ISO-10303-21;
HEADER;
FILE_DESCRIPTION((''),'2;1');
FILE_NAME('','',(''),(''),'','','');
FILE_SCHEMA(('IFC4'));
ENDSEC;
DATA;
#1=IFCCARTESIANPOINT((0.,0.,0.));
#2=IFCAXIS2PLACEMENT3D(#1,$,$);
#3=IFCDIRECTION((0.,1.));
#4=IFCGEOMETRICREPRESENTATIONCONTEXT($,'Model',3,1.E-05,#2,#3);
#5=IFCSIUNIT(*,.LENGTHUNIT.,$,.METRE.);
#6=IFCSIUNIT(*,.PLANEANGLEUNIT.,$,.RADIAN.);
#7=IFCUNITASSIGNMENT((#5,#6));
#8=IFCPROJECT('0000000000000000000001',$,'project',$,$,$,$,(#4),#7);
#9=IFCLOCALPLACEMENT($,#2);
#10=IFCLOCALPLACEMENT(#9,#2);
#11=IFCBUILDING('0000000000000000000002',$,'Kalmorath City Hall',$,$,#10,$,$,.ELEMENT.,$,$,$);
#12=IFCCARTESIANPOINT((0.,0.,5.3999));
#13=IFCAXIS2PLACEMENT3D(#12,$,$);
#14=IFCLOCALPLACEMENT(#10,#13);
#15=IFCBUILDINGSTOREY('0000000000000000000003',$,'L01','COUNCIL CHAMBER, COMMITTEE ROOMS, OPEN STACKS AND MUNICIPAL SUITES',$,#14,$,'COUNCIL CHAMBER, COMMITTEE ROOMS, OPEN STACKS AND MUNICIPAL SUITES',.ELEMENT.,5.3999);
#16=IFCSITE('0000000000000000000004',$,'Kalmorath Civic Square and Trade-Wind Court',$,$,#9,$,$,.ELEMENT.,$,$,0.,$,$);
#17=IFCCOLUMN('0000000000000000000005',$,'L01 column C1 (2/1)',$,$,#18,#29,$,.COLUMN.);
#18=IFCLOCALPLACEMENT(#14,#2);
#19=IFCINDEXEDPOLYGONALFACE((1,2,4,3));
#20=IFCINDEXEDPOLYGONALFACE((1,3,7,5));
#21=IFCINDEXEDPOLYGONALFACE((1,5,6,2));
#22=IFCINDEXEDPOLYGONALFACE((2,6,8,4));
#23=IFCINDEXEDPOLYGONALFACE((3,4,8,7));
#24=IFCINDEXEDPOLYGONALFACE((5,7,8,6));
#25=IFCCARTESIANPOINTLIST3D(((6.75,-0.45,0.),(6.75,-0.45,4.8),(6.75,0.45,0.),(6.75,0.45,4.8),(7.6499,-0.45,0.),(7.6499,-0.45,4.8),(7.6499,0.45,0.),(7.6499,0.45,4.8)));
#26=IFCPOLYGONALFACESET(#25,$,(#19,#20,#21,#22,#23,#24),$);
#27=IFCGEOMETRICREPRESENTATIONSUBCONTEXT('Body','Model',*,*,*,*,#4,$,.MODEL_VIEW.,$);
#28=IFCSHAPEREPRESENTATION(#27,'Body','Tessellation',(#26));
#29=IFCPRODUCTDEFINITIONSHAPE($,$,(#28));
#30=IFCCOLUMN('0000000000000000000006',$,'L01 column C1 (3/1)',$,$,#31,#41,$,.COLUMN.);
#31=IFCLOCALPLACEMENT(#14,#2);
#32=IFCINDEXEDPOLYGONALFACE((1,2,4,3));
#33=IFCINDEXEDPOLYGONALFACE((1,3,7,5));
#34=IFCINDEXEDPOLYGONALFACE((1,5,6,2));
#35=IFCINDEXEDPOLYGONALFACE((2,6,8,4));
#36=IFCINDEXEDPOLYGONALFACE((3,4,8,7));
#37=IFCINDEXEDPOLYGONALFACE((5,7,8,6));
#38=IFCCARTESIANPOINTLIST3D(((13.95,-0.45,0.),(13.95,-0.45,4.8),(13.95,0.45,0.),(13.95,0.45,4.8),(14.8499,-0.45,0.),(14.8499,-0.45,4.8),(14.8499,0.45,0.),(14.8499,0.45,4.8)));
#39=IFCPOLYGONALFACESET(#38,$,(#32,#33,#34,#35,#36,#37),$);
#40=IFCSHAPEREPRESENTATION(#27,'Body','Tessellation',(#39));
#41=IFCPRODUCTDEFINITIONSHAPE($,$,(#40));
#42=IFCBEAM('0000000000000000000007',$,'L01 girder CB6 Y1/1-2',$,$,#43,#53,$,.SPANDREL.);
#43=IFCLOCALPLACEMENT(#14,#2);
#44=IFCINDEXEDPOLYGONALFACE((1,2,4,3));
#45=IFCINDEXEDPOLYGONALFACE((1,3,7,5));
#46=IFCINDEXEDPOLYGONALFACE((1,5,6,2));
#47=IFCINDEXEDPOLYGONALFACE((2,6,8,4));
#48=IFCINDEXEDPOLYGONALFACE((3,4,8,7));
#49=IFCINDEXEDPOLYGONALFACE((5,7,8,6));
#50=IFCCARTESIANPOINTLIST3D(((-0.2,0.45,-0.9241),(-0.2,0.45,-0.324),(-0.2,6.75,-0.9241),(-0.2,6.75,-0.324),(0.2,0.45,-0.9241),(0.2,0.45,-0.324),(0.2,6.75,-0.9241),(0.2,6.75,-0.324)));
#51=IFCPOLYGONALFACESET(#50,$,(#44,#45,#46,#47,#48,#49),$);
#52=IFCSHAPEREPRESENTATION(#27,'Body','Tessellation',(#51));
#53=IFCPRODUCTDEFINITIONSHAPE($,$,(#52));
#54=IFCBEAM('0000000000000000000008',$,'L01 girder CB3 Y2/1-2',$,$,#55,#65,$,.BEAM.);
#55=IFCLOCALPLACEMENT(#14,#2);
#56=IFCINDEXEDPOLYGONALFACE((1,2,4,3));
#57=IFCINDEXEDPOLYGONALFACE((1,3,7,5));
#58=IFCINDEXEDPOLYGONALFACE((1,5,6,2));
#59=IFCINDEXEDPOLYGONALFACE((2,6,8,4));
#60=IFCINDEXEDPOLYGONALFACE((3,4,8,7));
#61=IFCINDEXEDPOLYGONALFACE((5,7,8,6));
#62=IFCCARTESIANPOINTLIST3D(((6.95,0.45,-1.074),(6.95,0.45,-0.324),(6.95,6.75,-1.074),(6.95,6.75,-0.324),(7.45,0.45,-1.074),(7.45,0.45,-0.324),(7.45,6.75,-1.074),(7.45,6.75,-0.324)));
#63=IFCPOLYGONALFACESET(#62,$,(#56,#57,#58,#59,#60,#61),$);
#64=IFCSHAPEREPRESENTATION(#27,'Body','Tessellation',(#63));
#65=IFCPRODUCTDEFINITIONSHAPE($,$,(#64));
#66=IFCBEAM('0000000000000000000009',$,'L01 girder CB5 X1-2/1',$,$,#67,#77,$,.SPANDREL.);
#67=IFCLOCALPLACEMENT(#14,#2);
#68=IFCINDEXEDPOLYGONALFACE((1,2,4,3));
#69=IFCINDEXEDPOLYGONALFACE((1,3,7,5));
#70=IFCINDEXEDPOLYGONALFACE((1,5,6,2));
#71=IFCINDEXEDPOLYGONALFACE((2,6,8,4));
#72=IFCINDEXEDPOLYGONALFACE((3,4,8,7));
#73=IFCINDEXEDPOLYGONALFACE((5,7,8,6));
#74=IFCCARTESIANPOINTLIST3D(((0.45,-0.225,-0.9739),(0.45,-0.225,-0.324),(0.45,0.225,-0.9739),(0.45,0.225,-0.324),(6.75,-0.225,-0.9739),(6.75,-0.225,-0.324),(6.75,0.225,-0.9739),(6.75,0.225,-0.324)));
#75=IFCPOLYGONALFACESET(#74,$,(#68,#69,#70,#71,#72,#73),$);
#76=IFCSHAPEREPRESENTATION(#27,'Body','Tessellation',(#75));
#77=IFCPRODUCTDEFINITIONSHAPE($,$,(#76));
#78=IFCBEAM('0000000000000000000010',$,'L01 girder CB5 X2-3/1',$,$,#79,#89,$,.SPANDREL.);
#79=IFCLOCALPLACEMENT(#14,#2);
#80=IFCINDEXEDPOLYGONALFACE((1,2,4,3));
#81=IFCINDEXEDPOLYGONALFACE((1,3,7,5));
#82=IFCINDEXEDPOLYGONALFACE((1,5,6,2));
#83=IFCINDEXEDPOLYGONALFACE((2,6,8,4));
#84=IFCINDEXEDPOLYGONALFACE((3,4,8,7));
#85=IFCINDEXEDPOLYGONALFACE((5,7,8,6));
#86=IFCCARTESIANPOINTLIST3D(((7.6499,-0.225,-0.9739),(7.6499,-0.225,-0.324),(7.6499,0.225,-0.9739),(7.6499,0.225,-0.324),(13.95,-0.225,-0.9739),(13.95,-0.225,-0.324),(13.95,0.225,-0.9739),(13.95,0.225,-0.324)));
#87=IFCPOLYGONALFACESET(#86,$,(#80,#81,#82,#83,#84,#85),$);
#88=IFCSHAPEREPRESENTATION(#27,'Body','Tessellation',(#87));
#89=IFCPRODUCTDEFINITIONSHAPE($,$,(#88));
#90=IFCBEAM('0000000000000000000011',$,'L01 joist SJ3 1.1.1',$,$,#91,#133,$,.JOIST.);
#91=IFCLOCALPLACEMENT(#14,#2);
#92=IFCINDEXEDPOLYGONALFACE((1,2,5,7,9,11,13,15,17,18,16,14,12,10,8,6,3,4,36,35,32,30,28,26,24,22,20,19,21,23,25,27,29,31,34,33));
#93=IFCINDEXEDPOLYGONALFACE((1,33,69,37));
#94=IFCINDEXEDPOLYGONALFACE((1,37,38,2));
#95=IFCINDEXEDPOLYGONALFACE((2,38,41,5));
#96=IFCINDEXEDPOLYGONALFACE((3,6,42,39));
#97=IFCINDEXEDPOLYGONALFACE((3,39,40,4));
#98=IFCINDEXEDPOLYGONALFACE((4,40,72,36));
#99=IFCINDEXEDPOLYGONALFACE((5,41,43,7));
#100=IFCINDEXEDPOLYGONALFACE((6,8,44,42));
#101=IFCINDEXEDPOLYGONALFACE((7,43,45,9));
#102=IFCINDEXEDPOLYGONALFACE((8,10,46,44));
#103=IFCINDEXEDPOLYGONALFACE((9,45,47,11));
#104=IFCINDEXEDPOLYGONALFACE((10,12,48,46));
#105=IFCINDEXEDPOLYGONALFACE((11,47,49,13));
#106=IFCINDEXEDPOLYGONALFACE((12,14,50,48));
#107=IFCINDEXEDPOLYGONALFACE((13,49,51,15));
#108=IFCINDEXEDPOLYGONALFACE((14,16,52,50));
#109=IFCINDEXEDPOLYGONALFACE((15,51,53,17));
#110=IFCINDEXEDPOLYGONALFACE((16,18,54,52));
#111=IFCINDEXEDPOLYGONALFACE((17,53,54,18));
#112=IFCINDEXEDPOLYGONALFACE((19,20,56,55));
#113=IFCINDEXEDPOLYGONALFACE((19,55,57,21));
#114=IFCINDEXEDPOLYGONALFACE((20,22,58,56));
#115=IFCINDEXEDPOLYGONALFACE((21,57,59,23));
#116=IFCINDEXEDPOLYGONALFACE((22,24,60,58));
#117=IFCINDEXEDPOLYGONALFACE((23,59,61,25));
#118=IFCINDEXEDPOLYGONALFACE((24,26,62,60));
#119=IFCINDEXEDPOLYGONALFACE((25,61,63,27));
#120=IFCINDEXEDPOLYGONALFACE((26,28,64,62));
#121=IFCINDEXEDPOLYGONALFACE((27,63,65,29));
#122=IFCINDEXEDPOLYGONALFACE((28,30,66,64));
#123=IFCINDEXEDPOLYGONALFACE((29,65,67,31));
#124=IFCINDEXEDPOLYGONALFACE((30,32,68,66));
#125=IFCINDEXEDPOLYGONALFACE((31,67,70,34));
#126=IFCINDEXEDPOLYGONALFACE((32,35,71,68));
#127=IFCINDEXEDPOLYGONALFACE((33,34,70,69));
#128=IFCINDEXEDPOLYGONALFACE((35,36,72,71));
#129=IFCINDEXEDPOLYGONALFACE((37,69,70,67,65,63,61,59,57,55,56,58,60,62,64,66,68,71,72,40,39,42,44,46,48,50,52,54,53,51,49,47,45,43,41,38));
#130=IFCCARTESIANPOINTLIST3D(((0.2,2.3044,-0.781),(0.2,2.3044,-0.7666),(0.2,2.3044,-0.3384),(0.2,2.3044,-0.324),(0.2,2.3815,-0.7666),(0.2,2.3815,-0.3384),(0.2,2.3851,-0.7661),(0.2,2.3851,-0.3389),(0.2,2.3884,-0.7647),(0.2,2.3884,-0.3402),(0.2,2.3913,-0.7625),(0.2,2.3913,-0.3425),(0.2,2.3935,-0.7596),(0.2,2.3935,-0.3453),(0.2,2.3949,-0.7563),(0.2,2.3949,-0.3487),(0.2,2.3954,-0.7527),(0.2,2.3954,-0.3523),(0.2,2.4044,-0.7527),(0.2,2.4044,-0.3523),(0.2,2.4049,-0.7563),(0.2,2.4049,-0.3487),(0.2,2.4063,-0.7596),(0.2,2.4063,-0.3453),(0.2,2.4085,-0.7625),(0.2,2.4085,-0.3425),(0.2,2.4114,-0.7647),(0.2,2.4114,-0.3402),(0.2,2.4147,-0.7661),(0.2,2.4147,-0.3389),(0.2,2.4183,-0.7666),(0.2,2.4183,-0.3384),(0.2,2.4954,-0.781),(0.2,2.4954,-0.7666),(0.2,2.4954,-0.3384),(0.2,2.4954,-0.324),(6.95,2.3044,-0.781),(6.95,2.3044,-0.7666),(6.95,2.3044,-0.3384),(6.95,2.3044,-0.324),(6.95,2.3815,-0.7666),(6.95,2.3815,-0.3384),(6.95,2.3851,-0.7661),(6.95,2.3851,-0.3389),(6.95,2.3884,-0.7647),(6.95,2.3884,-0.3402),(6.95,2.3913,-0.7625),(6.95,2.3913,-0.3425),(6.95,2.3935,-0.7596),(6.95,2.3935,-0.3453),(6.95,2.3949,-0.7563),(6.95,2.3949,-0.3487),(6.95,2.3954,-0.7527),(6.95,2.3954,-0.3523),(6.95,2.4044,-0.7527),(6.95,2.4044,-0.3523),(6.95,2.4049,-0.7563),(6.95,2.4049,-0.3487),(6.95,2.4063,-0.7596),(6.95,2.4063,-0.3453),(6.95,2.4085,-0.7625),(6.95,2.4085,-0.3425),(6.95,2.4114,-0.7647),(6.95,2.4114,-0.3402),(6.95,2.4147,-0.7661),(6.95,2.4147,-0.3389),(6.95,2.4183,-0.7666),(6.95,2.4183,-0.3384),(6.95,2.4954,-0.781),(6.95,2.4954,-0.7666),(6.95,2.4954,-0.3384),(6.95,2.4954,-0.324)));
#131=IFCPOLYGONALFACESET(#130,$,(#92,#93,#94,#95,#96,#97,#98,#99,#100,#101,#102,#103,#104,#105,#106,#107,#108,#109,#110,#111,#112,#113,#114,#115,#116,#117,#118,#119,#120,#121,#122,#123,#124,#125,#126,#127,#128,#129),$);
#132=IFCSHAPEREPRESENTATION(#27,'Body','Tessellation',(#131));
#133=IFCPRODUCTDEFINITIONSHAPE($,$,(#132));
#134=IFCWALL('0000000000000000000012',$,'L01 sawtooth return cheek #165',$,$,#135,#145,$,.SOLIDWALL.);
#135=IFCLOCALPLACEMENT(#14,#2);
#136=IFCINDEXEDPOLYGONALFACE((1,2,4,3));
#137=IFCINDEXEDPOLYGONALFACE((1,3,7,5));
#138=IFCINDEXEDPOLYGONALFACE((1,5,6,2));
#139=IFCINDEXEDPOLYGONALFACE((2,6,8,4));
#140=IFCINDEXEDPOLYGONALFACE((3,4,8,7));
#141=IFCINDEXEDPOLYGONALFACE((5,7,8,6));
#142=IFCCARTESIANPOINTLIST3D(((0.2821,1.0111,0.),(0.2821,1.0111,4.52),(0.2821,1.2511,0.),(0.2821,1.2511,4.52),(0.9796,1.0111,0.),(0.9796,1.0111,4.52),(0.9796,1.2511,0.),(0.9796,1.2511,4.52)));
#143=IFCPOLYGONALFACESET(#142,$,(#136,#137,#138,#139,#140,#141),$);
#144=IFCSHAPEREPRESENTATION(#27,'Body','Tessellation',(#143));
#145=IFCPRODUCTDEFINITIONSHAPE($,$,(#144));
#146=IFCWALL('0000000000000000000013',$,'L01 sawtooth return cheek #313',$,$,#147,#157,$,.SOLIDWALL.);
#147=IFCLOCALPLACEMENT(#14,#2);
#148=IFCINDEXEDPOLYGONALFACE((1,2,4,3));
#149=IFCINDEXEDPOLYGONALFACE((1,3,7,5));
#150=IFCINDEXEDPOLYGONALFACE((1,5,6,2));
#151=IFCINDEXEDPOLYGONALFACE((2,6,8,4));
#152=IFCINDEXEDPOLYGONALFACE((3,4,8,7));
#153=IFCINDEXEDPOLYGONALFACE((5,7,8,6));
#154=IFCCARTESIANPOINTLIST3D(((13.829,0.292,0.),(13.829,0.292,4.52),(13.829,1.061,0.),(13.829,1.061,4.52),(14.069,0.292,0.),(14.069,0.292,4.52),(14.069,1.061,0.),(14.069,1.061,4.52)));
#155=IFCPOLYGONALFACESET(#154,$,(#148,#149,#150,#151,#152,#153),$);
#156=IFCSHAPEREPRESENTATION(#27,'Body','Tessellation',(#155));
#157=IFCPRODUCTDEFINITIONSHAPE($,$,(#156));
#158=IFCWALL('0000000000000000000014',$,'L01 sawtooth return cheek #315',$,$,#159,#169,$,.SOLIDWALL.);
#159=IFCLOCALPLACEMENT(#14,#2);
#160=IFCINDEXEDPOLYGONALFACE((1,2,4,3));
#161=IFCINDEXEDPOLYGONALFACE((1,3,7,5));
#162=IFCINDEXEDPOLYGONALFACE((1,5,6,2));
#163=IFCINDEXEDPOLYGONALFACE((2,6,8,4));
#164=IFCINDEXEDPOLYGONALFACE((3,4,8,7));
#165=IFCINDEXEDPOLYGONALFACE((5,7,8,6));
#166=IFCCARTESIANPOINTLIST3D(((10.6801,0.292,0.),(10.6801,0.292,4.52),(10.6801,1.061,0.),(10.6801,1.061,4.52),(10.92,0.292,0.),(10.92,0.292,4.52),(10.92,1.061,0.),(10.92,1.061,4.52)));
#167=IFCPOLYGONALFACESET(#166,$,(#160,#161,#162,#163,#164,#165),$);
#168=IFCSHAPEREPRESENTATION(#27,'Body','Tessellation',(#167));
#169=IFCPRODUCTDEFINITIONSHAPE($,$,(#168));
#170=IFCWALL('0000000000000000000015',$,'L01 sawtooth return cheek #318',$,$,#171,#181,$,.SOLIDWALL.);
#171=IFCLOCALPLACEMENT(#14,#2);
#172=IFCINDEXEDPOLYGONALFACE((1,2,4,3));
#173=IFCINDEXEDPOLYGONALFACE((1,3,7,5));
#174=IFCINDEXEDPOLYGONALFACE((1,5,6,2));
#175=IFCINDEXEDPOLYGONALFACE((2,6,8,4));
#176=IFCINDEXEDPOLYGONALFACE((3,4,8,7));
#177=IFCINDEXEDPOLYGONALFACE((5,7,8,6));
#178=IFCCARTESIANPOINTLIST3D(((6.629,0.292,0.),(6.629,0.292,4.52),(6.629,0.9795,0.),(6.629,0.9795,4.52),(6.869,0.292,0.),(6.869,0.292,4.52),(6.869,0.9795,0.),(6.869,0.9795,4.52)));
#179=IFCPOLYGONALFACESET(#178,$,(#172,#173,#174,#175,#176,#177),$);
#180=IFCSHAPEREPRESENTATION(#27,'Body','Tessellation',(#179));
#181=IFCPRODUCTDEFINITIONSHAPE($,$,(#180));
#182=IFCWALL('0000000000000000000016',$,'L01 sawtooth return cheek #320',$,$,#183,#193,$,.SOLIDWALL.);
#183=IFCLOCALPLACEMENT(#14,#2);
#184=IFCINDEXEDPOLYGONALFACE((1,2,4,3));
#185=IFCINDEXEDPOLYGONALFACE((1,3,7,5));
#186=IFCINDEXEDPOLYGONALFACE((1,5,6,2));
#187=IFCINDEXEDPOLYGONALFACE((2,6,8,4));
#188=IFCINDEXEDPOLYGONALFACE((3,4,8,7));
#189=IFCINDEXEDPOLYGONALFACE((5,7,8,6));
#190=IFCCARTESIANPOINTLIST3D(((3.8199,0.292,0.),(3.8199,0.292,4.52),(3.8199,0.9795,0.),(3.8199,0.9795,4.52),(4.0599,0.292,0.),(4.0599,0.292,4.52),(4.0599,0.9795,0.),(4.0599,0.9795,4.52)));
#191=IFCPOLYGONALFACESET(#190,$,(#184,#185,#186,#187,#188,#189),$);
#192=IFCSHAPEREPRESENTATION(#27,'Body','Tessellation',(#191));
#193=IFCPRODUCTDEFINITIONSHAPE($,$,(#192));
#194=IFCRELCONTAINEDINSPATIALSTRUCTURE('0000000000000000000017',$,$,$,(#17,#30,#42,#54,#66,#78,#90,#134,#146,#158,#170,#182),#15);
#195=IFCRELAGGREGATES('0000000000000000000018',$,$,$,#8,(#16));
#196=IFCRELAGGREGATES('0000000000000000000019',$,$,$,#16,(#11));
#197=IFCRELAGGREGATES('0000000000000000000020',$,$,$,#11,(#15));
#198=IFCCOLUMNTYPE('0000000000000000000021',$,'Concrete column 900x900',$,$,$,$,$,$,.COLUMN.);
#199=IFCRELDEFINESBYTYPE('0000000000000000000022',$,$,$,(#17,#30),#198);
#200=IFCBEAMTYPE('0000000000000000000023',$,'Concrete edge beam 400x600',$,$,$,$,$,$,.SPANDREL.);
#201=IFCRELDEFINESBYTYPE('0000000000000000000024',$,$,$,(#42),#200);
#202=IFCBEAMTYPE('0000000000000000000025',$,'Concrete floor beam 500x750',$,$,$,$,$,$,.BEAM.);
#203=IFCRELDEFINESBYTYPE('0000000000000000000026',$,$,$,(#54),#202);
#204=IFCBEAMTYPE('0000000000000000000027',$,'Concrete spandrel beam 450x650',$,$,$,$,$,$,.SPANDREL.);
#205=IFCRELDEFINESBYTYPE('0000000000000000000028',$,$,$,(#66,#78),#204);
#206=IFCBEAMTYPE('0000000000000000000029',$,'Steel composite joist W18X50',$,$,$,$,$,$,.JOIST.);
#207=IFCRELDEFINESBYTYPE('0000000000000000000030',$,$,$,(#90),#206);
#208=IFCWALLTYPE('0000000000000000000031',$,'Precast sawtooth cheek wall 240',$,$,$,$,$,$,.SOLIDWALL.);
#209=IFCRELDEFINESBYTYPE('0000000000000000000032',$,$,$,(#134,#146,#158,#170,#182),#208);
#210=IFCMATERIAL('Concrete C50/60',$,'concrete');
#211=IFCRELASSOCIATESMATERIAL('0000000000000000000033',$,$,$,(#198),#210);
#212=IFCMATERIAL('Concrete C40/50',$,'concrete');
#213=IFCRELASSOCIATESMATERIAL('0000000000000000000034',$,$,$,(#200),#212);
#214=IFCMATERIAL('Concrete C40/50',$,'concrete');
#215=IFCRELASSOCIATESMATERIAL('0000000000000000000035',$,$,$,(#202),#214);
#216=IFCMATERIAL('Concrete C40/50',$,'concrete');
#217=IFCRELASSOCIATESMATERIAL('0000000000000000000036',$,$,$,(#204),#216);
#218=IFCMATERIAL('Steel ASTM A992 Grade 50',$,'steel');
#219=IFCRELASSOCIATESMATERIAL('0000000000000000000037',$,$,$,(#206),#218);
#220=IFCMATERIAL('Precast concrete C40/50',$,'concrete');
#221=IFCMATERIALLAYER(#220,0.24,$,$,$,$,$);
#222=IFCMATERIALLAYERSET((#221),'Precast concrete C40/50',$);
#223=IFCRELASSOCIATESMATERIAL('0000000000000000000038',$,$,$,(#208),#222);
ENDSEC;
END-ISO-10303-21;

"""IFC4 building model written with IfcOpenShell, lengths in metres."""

from ifc_helpers import new_model, si_unit, direction, frame, frame_2d, origin, origin_2d, place, context, subcontext, project, spatial, rectangle, i_section, extrude, material, layer, layer_set, material_profile, profile_set, type_object, element, save


model = new_model("IFC4")

# Units and contexts
model_context = context("Model", 3, precision=1e-05, world=origin(), true_north=direction((0.0, 1.0)))
body_context = subcontext(model_context, "Body", "Model", "MODEL_VIEW")
ifc_project = project(units=[si_unit("LENGTHUNIT", "METRE"), si_unit("PLANEANGLEUNIT", "RADIAN")], contexts=[model_context])

# Site, building, storey
site_placement = place(None, origin())
site = spatial("IfcSite", under=ifc_project, at=site_placement, Name="Kalmorath Civic Square and Trade-Wind Court", CompositionType="ELEMENT", RefElevation=0.0)
building_placement = place(site_placement, origin())
building = spatial("IfcBuilding", under=site, at=building_placement, Name="Kalmorath City Hall", CompositionType="ELEMENT")
storey_placement = place(building_placement, frame((0.0, 0.0, 5.3999)))
storey = spatial("IfcBuildingStorey", under=building, at=storey_placement, Name="L01", Description="COUNCIL CHAMBER, COMMITTEE ROOMS, OPEN STACKS AND MUNICIPAL SUITES", LongName="COUNCIL CHAMBER, COMMITTEE ROOMS, OPEN STACKS AND MUNICIPAL SUITES", CompositionType="ELEMENT", Elevation=5.3999)

# Columns
ifc_material_1 = material(Name="Concrete C50/60", Category="concrete")
ifc_material_profile_1 = material_profile(ifc_material_1, rectangle(XDim=0.8999, YDim=0.8999, at=origin_2d()), Name="RC-COL-900X900")
ifc_profile_set_1 = profile_set([ifc_material_profile_1], Name="Concrete C50/60")
column_type = type_object("IfcColumnType", Name="Concrete column 900x900", PredefinedType="COLUMN", material=ifc_profile_set_1)
for number, where, z_axis, x_axis, name in (
    (1, (7.2, 0.0, 0.0), (0.0, 0.0, 1.0), (1.0, 0.0, 0.0), "L01 column C1 (2/1)"),
    (2, (14.3999, 0.0, 0.0), (0.0, 0.0, 1.0), (1.0, 0.0, 0.0), "L01 column C1 (3/1)"),
):
    element("IfcColumn", number, at=place(storey_placement, frame(where, z_axis=z_axis, x_axis=x_axis)), inside=storey, type_object=column_type, Name=name, PredefinedType="COLUMN", context=body_context, shape_type="SweptSolid", body=[
        extrude(rectangle(XDim=0.8999, YDim=0.8999, at=origin_2d()), origin(), (0.0, 0.0, 1.0), 4.8),
    ])

# Beams
ifc_material_2 = material(Name="Concrete C40/50", Category="concrete")
ifc_material_profile_2 = material_profile(ifc_material_2, rectangle(XDim=0.3999, YDim=0.6001, at=origin_2d()), Name="RC-BM-400X600")
ifc_profile_set_2 = profile_set([ifc_material_profile_2], Name="Concrete C40/50")
beam_type_1 = type_object("IfcBeamType", Name="Concrete edge beam 400x600", PredefinedType="SPANDREL", material=ifc_profile_set_2)
beam_1_placement = place(storey_placement, frame((0.0, 0.45, -0.624), z_axis=(0.0, 1.0, 0.0), x_axis=(-1.0, 0.0, 0.0)))
element("IfcBeam", 3, at=beam_1_placement, inside=storey, type_object=beam_type_1, Name="L01 girder CB6 Y1/1-2", PredefinedType="SPANDREL", context=body_context, shape_type="SweptSolid", body=[
    extrude(rectangle(XDim=0.3999, YDim=0.6001, at=origin_2d()), origin(), (0.0, 0.0, 1.0), 6.3),
])
ifc_material_3 = material(Name="Concrete C40/50", Category="concrete")
ifc_material_profile_3 = material_profile(ifc_material_3, rectangle(XDim=0.5, YDim=0.75, at=origin_2d()), Name="RC-BM-500X750")
ifc_profile_set_3 = profile_set([ifc_material_profile_3], Name="Concrete C40/50")
beam_type_2 = type_object("IfcBeamType", Name="Concrete floor beam 500x750", PredefinedType="BEAM", material=ifc_profile_set_3)
beam_2_placement = place(storey_placement, frame((7.2, 0.45, -0.699), z_axis=(0.0, 1.0, 0.0), x_axis=(-1.0, 0.0, 0.0)))
element("IfcBeam", 4, at=beam_2_placement, inside=storey, type_object=beam_type_2, Name="L01 girder CB3 Y2/1-2", PredefinedType="BEAM", context=body_context, shape_type="SweptSolid", body=[
    extrude(rectangle(XDim=0.5, YDim=0.75, at=origin_2d()), origin(), (0.0, 0.0, 1.0), 6.3),
])
ifc_material_4 = material(Name="Concrete C40/50", Category="concrete")
ifc_material_profile_4 = material_profile(ifc_material_4, rectangle(XDim=0.45, YDim=0.6499, at=origin_2d()), Name="RC-BM-450X650")
ifc_profile_set_4 = profile_set([ifc_material_profile_4], Name="Concrete C40/50")
beam_type_3 = type_object("IfcBeamType", Name="Concrete spandrel beam 450x650", PredefinedType="SPANDREL", material=ifc_profile_set_4)
for number, where, z_axis, x_axis, name in (
    (5, (0.45, 0.0, -0.6489), (1.0, 0.0, 0.0), (0.0, 1.0, 0.0), "L01 girder CB5 X1-2/1"),
    (6, (7.6499, 0.0, -0.6489), (1.0, 0.0, 0.0), (0.0, 1.0, 0.0), "L01 girder CB5 X2-3/1"),
):
    element("IfcBeam", number, at=place(storey_placement, frame(where, z_axis=z_axis, x_axis=x_axis)), inside=storey, type_object=beam_type_3, Name=name, PredefinedType="SPANDREL", context=body_context, shape_type="SweptSolid", body=[
        extrude(rectangle(XDim=0.45, YDim=0.6499, at=origin_2d()), origin(), (0.0, 0.0, 1.0), 6.3),
    ])
ifc_material_5 = material(Name="Steel ASTM A992 Grade 50", Category="steel")
ifc_material_profile_5 = material_profile(ifc_material_5, i_section(OverallWidth=0.1909, OverallDepth=0.457, WebThickness=0.009, FlangeThickness=0.0144, FilletRadius=0.0139, at=origin_2d()), Name="W18X50")
ifc_profile_set_5 = profile_set([ifc_material_profile_5], Name="Steel ASTM A992 Grade 50")
beam_type_4 = type_object("IfcBeamType", Name="Steel composite joist W18X50", PredefinedType="JOIST", material=ifc_profile_set_5)
beam_3_placement = place(storey_placement, frame((0.2, 2.3999, -0.5525), z_axis=(1.0, 0.0, 0.0), x_axis=(0.0, 1.0, 0.0)))
element("IfcBeam", 7, at=beam_3_placement, inside=storey, type_object=beam_type_4, Name="L01 joist SJ3 1.1.1", PredefinedType="JOIST", context=body_context, shape_type="SweptSolid", body=[
    extrude(i_section(OverallWidth=0.1909, OverallDepth=0.457, WebThickness=0.009, FlangeThickness=0.0144, FilletRadius=0.0139, at=origin_2d()), origin(), (0.0, 0.0, 1.0), 6.75),
])

# Walls
ifc_material_6 = material(Name="Precast concrete C40/50", Category="concrete")
ifc_layer_1 = layer(ifc_material_6, 0.24)
ifc_layer_set_1 = layer_set([ifc_layer_1], Name="Precast concrete C40/50")
wall_type_1 = type_object("IfcWallType", Name="Precast sawtooth cheek wall 240", PredefinedType="SOLIDWALL", material=ifc_layer_set_1)
wall_1_placement = place(storey_placement, frame((0.9795, 1.1311, 0.0), z_axis=(0.0, 0.0, 1.0), x_axis=(-1.0, 0.0, 0.0)))
element("IfcWall", 8, at=wall_1_placement, inside=storey, type_object=wall_type_1, Name="L01 sawtooth return cheek #165", PredefinedType="SOLIDWALL", context=body_context, shape_type="SweptSolid", body=[
    extrude(rectangle(XDim=0.6975, YDim=0.24, at=frame_2d((0.3486, 0.0))), origin(), (0.0, 0.0, 1.0), 4.52),
])
for number, where, z_axis, x_axis, name in (
    (9, (13.949, 1.061, 0.0), (0.0, 0.0, 1.0), (0.0, -1.0, 0.0), "L01 sawtooth return cheek #313"),
    (10, (10.8, 1.061, 0.0), (0.0, 0.0, 1.0), (0.0, -1.0, 0.0), "L01 sawtooth return cheek #315"),
):
    element("IfcWall", number, at=place(storey_placement, frame(where, z_axis=z_axis, x_axis=x_axis)), inside=storey, type_object=wall_type_1, Name=name, PredefinedType="SOLIDWALL", context=body_context, shape_type="SweptSolid", body=[
        extrude(rectangle(XDim=0.769, YDim=0.24, at=frame_2d((0.3845, 0.0))), origin(), (0.0, 0.0, 1.0), 4.52),
    ])
for number, where, z_axis, x_axis, name in (
    (11, (6.749, 0.9795, 0.0), (0.0, 0.0, 1.0), (0.0, -1.0, 0.0), "L01 sawtooth return cheek #318"),
    (12, (3.9399, 0.9795, 0.0), (0.0, 0.0, 1.0), (0.0, -1.0, 0.0), "L01 sawtooth return cheek #320"),
):
    element("IfcWall", number, at=place(storey_placement, frame(where, z_axis=z_axis, x_axis=x_axis)), inside=storey, type_object=wall_type_1, Name=name, PredefinedType="SOLIDWALL", context=body_context, shape_type="SweptSolid", body=[
        extrude(rectangle(XDim=0.6875, YDim=0.24, at=frame_2d((0.3438, 0.0))), origin(), (0.0, 0.0, 1.0), 4.52),
    ])

save(model, "model.ifc")
